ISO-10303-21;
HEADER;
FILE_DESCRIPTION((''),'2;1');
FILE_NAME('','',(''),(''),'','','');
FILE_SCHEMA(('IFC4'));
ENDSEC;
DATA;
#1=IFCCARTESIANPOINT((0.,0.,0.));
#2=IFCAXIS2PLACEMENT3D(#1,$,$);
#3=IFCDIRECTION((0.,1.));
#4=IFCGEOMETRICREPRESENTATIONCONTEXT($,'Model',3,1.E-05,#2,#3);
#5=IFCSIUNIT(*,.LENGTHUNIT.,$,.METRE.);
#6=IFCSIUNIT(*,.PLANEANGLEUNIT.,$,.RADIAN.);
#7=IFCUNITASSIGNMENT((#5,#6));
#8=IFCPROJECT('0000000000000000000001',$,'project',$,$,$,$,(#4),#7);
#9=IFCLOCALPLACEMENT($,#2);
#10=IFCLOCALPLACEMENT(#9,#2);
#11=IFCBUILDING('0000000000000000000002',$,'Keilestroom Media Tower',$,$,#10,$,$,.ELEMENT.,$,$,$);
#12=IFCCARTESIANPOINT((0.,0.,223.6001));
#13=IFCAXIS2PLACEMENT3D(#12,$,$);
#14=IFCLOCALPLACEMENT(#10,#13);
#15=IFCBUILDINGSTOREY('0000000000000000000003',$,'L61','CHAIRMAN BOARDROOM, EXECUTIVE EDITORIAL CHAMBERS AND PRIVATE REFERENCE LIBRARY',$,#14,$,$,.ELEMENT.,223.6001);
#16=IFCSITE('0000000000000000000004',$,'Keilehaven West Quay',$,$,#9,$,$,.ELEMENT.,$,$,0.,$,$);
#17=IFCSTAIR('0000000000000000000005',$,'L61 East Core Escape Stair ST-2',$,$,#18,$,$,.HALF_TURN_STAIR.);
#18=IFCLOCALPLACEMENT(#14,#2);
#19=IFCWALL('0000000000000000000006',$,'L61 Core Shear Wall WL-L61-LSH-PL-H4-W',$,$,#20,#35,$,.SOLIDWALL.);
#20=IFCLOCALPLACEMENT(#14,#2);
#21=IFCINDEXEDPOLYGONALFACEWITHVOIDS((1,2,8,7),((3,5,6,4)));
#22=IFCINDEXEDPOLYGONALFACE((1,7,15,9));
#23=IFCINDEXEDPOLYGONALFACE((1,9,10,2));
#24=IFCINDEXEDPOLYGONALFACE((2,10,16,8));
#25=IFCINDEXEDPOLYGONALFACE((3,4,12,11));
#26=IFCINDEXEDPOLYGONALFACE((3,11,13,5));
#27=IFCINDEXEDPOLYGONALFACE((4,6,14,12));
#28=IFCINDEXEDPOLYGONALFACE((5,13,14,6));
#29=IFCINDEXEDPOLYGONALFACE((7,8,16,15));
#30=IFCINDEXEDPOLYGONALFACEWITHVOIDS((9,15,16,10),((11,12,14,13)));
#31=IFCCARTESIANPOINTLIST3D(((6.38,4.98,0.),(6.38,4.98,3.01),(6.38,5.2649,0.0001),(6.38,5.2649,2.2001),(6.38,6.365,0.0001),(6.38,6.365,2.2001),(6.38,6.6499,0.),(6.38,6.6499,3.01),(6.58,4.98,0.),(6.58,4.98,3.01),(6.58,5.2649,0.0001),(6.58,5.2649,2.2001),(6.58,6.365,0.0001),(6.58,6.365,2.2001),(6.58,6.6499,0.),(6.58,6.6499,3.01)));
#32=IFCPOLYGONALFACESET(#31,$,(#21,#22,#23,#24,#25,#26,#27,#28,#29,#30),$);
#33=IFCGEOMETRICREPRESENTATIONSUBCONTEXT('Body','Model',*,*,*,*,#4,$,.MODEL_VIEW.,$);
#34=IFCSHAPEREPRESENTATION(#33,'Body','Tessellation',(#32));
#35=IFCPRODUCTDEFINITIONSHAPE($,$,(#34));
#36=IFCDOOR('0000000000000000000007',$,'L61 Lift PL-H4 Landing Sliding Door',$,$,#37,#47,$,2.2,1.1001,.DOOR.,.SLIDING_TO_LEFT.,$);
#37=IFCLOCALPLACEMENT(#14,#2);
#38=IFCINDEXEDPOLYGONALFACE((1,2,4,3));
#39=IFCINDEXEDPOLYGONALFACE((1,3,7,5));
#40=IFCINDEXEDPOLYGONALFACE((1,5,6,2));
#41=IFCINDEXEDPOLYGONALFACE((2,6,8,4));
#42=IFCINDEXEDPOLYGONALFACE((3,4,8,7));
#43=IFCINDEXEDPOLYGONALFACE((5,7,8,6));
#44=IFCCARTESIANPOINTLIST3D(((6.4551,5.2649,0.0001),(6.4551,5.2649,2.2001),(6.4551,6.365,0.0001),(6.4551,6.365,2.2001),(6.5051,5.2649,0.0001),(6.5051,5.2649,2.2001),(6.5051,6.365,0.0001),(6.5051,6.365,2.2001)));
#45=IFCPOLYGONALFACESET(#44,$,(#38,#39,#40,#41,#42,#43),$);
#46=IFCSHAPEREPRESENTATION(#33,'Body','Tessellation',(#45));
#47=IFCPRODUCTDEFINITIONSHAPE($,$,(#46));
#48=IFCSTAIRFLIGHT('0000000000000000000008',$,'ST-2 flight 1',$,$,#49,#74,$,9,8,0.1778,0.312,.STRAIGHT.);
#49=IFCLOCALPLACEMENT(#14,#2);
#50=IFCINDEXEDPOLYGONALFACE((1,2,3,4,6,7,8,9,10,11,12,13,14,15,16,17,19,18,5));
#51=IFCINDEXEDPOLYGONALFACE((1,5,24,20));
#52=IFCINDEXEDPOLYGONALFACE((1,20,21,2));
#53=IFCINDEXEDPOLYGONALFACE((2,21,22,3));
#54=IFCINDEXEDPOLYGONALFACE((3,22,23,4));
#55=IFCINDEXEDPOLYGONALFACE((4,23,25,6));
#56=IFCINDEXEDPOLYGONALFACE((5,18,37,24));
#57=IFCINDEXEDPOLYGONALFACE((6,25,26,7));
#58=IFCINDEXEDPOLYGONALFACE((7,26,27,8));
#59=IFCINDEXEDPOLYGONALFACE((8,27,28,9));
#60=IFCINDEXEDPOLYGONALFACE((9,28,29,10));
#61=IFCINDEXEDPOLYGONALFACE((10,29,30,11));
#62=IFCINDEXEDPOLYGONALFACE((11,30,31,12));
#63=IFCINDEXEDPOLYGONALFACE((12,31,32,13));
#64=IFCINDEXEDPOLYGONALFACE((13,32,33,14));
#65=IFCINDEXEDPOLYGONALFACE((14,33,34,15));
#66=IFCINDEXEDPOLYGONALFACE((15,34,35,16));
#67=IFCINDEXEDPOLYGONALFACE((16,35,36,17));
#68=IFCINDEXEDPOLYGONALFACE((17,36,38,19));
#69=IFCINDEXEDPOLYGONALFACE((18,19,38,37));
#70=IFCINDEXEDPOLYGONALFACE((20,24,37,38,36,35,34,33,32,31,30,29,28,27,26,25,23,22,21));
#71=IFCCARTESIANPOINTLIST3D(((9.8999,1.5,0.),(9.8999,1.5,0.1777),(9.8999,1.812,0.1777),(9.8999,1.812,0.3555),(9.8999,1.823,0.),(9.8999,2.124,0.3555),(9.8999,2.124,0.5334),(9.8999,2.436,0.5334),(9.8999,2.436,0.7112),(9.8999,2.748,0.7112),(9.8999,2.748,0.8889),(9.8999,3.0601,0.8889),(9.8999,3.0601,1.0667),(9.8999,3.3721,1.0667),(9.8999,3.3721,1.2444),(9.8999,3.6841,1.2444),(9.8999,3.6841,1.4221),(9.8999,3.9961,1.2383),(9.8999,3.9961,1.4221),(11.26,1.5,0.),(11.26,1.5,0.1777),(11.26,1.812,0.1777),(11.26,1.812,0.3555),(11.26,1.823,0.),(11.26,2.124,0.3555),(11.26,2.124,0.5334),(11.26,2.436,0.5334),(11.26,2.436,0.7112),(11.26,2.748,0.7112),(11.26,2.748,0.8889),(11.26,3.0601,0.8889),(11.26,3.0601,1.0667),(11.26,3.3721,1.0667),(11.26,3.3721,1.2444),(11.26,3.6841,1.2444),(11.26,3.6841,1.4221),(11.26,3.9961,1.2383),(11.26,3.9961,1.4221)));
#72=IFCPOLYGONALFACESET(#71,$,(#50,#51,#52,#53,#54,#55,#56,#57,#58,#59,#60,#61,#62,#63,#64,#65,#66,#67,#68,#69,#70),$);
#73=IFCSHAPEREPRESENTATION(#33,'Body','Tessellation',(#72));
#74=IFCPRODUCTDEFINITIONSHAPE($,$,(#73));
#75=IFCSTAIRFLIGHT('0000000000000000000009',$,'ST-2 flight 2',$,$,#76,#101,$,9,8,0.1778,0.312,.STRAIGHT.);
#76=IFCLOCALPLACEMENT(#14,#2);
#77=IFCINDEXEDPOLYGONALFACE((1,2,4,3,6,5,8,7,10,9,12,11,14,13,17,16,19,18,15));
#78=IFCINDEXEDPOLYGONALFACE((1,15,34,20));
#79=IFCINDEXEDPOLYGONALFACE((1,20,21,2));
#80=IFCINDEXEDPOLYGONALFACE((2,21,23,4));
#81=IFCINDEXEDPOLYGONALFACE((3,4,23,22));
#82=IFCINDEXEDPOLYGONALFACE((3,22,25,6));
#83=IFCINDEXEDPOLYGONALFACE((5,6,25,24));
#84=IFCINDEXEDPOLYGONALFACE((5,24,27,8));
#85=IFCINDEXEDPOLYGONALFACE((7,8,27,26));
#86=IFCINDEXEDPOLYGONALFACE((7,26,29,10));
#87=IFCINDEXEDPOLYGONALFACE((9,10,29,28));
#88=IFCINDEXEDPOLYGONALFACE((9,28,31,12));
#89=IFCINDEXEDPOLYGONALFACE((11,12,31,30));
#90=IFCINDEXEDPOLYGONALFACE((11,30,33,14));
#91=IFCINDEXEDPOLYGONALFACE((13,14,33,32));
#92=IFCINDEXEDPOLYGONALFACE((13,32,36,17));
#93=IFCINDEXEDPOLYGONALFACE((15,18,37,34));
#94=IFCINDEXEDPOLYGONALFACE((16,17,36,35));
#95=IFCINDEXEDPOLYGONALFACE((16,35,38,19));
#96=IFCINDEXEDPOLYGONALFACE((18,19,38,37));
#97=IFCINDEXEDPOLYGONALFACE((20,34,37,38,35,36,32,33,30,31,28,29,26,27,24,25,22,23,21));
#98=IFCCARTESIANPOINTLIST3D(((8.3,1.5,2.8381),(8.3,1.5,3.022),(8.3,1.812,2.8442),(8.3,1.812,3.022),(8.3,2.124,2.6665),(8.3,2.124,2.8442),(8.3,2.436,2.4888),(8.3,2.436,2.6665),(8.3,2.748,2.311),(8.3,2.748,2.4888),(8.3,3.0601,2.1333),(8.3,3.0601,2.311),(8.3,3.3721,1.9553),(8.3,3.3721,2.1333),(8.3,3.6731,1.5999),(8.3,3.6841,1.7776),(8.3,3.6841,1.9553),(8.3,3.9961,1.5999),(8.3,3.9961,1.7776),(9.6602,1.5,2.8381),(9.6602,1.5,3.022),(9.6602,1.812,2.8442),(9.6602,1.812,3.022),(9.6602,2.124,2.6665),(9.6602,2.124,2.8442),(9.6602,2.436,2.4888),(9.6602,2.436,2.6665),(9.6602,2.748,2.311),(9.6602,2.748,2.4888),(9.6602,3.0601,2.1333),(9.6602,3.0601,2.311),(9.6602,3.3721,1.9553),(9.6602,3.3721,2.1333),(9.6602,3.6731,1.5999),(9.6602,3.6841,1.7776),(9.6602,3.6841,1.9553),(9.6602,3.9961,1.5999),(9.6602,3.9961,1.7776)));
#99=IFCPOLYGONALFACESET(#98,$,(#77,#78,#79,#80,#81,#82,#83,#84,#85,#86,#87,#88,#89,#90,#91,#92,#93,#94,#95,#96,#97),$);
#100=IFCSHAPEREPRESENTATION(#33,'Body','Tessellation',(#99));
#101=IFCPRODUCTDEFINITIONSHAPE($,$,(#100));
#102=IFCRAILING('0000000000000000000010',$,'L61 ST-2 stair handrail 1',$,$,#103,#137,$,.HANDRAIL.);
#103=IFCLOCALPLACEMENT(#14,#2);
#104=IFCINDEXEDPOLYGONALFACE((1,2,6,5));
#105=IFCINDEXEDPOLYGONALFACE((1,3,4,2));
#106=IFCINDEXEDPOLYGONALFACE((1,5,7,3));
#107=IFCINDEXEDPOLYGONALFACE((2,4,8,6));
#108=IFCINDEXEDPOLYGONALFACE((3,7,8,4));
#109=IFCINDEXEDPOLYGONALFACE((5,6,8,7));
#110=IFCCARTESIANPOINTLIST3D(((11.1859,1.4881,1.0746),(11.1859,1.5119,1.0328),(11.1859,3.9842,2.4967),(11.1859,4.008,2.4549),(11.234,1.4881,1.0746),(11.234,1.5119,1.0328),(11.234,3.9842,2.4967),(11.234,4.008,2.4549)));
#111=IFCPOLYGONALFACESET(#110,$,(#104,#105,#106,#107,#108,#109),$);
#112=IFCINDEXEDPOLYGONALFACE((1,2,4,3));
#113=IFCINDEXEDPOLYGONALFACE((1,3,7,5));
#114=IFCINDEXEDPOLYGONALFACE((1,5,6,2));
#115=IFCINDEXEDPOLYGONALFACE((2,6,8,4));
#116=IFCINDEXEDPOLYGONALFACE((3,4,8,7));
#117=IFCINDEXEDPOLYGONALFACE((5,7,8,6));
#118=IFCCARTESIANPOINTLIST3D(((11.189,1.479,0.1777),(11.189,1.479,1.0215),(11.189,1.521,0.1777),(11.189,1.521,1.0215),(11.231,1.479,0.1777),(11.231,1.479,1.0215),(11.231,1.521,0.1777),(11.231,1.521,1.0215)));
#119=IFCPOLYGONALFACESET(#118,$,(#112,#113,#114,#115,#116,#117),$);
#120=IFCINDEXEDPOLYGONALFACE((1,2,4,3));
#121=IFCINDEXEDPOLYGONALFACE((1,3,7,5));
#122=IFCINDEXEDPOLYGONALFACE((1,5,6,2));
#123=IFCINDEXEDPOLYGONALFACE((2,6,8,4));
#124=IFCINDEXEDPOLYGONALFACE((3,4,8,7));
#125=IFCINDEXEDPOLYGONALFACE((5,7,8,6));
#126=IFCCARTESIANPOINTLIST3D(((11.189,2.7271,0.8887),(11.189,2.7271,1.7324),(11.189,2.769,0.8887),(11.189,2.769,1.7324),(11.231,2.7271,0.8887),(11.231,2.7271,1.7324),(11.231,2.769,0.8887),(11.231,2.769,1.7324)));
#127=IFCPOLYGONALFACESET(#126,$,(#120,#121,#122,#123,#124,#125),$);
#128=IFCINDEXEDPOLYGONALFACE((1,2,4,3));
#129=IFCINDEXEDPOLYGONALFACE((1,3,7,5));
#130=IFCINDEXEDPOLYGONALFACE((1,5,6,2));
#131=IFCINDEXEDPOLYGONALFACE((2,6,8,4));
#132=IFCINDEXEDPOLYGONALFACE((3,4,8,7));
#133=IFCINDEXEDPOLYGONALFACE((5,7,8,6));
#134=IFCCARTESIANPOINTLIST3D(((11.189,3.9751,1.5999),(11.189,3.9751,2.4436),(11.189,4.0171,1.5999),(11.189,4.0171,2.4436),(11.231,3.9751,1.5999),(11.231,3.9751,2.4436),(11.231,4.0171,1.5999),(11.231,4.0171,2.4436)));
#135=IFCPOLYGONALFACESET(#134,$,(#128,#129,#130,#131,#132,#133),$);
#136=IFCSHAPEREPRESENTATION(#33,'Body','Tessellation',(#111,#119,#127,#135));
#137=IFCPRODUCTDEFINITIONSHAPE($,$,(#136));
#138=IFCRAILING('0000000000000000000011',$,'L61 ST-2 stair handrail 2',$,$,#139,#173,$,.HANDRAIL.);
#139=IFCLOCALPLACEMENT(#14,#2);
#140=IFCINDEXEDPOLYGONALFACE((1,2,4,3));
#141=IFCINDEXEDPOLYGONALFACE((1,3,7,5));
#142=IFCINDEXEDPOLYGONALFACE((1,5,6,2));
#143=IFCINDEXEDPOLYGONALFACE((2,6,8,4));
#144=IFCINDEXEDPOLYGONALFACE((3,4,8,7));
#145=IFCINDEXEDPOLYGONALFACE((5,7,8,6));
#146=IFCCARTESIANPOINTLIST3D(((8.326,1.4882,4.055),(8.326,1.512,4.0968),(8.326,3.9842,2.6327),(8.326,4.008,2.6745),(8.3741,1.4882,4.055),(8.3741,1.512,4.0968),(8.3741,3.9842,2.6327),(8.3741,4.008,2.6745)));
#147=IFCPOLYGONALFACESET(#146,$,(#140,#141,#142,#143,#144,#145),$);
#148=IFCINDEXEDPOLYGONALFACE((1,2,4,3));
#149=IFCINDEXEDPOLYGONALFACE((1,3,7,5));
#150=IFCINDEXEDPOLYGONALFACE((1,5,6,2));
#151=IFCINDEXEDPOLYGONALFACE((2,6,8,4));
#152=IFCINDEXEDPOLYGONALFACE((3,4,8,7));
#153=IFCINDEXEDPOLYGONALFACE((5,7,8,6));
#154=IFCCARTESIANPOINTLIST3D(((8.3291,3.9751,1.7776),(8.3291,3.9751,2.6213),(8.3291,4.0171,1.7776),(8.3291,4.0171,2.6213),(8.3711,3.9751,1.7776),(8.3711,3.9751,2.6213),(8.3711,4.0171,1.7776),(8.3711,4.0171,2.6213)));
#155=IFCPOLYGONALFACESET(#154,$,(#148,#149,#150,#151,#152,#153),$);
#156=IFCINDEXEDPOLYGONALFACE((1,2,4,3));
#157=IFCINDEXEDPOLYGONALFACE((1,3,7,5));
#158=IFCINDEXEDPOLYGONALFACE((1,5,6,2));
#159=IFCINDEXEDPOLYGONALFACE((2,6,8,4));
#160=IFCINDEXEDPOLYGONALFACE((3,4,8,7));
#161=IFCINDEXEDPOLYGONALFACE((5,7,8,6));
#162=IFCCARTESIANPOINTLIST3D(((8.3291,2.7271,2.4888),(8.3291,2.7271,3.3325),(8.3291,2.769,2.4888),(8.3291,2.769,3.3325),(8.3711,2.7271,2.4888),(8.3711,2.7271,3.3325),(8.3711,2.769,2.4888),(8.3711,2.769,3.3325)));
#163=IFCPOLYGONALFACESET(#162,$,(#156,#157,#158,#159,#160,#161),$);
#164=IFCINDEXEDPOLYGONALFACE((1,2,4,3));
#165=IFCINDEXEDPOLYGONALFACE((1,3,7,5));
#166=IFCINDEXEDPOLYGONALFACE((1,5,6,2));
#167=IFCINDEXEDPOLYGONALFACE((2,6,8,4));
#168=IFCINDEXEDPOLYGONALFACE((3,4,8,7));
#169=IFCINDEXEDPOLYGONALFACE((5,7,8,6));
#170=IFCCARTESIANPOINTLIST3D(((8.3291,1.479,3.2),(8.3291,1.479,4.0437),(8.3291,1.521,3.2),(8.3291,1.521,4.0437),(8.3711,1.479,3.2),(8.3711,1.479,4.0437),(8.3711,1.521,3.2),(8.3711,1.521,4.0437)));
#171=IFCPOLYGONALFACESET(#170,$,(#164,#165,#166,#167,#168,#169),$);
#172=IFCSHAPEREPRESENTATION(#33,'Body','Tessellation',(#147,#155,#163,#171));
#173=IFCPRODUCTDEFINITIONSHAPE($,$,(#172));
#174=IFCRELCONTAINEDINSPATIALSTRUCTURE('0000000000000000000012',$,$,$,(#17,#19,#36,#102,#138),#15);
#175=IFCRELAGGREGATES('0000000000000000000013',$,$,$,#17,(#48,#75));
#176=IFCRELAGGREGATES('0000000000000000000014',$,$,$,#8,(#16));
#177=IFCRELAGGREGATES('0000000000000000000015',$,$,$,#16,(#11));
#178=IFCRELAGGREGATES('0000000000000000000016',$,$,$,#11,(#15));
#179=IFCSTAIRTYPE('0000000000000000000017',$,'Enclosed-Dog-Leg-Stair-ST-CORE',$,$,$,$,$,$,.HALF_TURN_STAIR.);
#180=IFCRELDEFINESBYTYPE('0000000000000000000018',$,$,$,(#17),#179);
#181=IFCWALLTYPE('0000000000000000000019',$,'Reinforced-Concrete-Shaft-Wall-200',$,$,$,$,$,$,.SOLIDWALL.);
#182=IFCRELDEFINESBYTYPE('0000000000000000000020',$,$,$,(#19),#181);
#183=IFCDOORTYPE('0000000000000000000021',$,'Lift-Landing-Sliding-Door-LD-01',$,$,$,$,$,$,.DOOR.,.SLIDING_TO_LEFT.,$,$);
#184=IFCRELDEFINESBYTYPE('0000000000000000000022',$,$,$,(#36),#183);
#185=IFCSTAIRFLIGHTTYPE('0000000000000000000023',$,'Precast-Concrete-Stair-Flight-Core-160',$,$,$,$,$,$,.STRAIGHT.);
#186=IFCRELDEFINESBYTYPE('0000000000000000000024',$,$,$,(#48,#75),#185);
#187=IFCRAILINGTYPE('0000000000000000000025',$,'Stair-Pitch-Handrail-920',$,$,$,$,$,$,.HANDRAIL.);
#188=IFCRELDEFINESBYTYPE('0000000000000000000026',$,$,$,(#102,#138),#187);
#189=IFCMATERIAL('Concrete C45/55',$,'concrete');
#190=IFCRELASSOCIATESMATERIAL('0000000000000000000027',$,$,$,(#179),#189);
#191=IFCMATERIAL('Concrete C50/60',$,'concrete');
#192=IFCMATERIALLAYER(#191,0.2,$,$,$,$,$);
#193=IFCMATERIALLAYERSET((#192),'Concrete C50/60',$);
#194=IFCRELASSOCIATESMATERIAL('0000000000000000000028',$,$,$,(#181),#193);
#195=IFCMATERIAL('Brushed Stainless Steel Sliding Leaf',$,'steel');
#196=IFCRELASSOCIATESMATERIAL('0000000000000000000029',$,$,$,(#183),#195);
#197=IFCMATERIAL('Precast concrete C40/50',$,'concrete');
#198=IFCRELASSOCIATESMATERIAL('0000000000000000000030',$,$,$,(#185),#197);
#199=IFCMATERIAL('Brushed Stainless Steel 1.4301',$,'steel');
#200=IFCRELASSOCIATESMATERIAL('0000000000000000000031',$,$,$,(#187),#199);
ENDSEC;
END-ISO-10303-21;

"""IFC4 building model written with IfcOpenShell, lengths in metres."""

from ifc_helpers import new_model, si_unit, direction, frame, frame_2d, origin, origin_2d, place, context, subcontext, project, spatial, polyline, rectangle, outline, extrude, source, transform, mapped, material, layer, layer_set, type_object, element, fill, aggregate, save


model = new_model("IFC4")

# Units and contexts
model_context = context("Model", 3, precision=1e-05, world=origin(), true_north=direction((0.0, 1.0)))
body_context = subcontext(model_context, "Body", "Model", "MODEL_VIEW")
ifc_project = project(units=[si_unit("LENGTHUNIT", "METRE"), si_unit("PLANEANGLEUNIT", "RADIAN")], contexts=[model_context])

# Site, building, storey
site_placement = place(None, origin())
site = spatial("IfcSite", under=ifc_project, at=site_placement, Name="Keilehaven West Quay", CompositionType="ELEMENT", RefElevation=0.0)
building_placement = place(site_placement, origin())
building = spatial("IfcBuilding", under=site, at=building_placement, Name="Keilestroom Media Tower", CompositionType="ELEMENT")
storey_placement = place(building_placement, frame((0.0, 0.0, 223.6001)))
storey = spatial("IfcBuildingStorey", under=building, at=storey_placement, Name="L61", Description="CHAIRMAN BOARDROOM, EXECUTIVE EDITORIAL CHAMBERS AND PRIVATE REFERENCE LIBRARY", CompositionType="ELEMENT", Elevation=223.6001)

# Stair
ifc_material_1 = material(Name="Concrete C45/55", Category="concrete")
stair_type = type_object("IfcStairType", Name="Enclosed-Dog-Leg-Stair-ST-CORE", PredefinedType="HALF_TURN_STAIR", material=ifc_material_1)
stair_1_placement = place(storey_placement, origin())
stair_1 = element("IfcStair", 1, at=stair_1_placement, inside=storey, type_object=stair_type, Name="L61 East Core Escape Stair ST-2", PredefinedType="HALF_TURN_STAIR")

# Shared definitions
ifc_material_2 = material(Name="Concrete C50/60", Category="concrete")
ifc_layer_1 = layer(ifc_material_2, 0.2)
ifc_layer_set_1 = layer_set([ifc_layer_1], Name="Concrete C50/60")
wall_type_1 = type_object("IfcWallType", Name="Reinforced-Concrete-Shaft-Wall-200", PredefinedType="SOLIDWALL", material=ifc_layer_set_1)

# Shared definitions
ifc_material_3 = material(Name="Brushed Stainless Steel Sliding Leaf", Category="steel")
door_type = type_object("IfcDoorType", Name="Lift-Landing-Sliding-Door-LD-01", OperationType="SLIDING_TO_LEFT", PredefinedType="DOOR", material=ifc_material_3)
shared_shape_1 = source(origin(), body_context, "Body", "SweptSolid", [
    extrude(rectangle(XDim=1.1001, YDim=2.2, at=frame_2d((0.55, 1.1001))), frame((0.0, 0.0249, 0.0), z_axis=(0.0, -1.0, 0.0), x_axis=(1.0, 0.0, 0.0)), (0.0, 0.0, 1.0), 0.05),
])

# Wall, opening, door
wall_1_placement = place(storey_placement, frame((6.48, 4.98, 0.0), z_axis=(0.0, 0.0, 1.0), x_axis=(0.0, 1.0, 0.0)))
wall_1 = element("IfcWall", 2, at=wall_1_placement, inside=storey, type_object=wall_type_1, Name="L61 Core Shear Wall WL-L61-LSH-PL-H4-W", PredefinedType="SOLIDWALL", context=body_context, shape_type="SweptSolid", body=[
    extrude(rectangle(XDim=1.6699, YDim=0.2, at=frame_2d((0.835, 0.0))), origin(), (0.0, 0.0, 1.0), 3.01),
])
opening_1_placement = place(wall_1_placement, frame((0.2849, 0.0, 0.0)))
opening_1 = element("IfcOpeningElement", 3, at=opening_1_placement, cuts=wall_1, PredefinedType="OPENING", context=body_context, shape_type="SweptSolid", body=[
    extrude(rectangle(XDim=1.1001, YDim=2.2, at=frame_2d((0.55, 1.1001))), frame((0.0, 0.1099, 0.0), z_axis=(0.0, -1.0, 0.0), x_axis=(1.0, 0.0, 0.0)), (0.0, 0.0, 1.0), 0.22),
])
door_1_placement = place(opening_1_placement, origin())
door_1 = element("IfcDoor", 4, at=door_1_placement, inside=storey, type_object=door_type, Name="L61 Lift PL-H4 Landing Sliding Door", OperationType="SLIDING_TO_LEFT", OverallHeight=2.2, OverallWidth=1.1001, PredefinedType="DOOR", context=body_context, shape_type="MappedRepresentation", body=[
    mapped(shared_shape_1, transform((0.0, 0.0, 0.0), x_axis=(1.0, 0.0, 0.0), y_axis=(0.0, 1.0, 0.0), z_axis=(0.0, 0.0, 1.0), scale=1.0)),
])
fill(opening_1, door_1)

# Stair flights
ifc_material_4 = material(Name="Precast concrete C40/50", Category="concrete")
stair_flight_type = type_object("IfcStairFlightType", Name="Precast-Concrete-Stair-Flight-Core-160", PredefinedType="STRAIGHT", material=ifc_material_4)
stair_flight_1_placement = place(storey_placement, frame((10.5801, 1.5, 0.0), z_axis=(0.0, 0.0, 1.0), x_axis=(0.0, 1.0, 0.0)))
stair_flight_1 = element("IfcStairFlight", 5, at=stair_flight_1_placement, type_object=stair_flight_type, Name="ST-2 flight 1", NumberOfRisers=9, NumberOfTreads=8, PredefinedType="STRAIGHT", RiserHeight=0.1778, TreadLength=0.312, context=body_context, shape_type="SweptSolid", body=[
    extrude(outline(polyline([(0.0, 0.0), (0.0, 0.1777), (0.312, 0.1777), (0.312, 0.3555), (0.624, 0.3555), (0.624, 0.5334), (0.936, 0.5334), (0.936, 0.7112), (1.248, 0.7112), (1.248, 0.8889), (1.5601, 0.8889), (1.5601, 1.0667), (1.8721, 1.0667), (1.8721, 1.2444), (2.1841, 1.2444), (2.1841, 1.4221), (2.4961, 1.4221), (2.4961, 1.6001), (2.4961, 1.2383), (0.323, 0.0), (0.0, 0.0)])), frame((0.0, 0.6802, 0.0), z_axis=(0.0, -1.0, 0.0), x_axis=(1.0, 0.0, 0.0)), (0.0, 0.0, 1.0), 1.3601),
])
stair_flight_2_placement = place(storey_placement, frame((8.98, 3.9961, 1.5999), z_axis=(0.0, 0.0, 1.0), x_axis=(0.0, -1.0, 0.0)))
stair_flight_2 = element("IfcStairFlight", 6, at=stair_flight_2_placement, type_object=stair_flight_type, Name="ST-2 flight 2", NumberOfRisers=9, NumberOfTreads=8, PredefinedType="STRAIGHT", RiserHeight=0.1778, TreadLength=0.312, context=body_context, shape_type="SweptSolid", body=[
    extrude(outline(polyline([(0.0, 0.0), (0.0, 0.1777), (0.312, 0.1777), (0.312, 0.3555), (0.624, 0.3555), (0.624, 0.5334), (0.936, 0.5334), (0.936, 0.7112), (1.248, 0.7112), (1.248, 0.8889), (1.5601, 0.8889), (1.5601, 1.0667), (1.8721, 1.0667), (1.8721, 1.2444), (2.1841, 1.2444), (2.1841, 1.4221), (2.4961, 1.4221), (2.4961, 1.6001), (2.4961, 1.2383), (0.323, 0.0), (0.0, 0.0)])), frame((0.0, 0.6802, 0.0), z_axis=(0.0, -1.0, 0.0), x_axis=(1.0, 0.0, 0.0)), (0.0, 0.0, 1.0), 1.3601),
])
aggregate(stair_1, [stair_flight_1, stair_flight_2])

# Railings
ifc_material_5 = material(Name="Brushed Stainless Steel 1.4301", Category="steel")
railing_type_1 = type_object("IfcRailingType", Name="Stair-Pitch-Handrail-920", PredefinedType="HANDRAIL", material=ifc_material_5)
railing_1_placement = place(storey_placement, frame((11.21, 1.5, 0.1777)))
element("IfcRailing", 7, at=railing_1_placement, inside=storey, type_object=railing_type_1, Name="L61 ST-2 stair handrail 1", PredefinedType="HANDRAIL", context=body_context, shape_type="SweptSolid", body=[
    extrude(rectangle(XDim=0.0481, YDim=0.0481, at=origin_2d()), frame((0.0, 0.0, 0.876), z_axis=(0.0, 0.868875, 0.495031), x_axis=(-1.0, 0.0, 0.0)), (0.0, 0.0, 1.0), 2.8728),
    extrude(rectangle(XDim=0.042, YDim=0.042, at=origin_2d()), origin(), (0.0, 0.0, 1.0), 0.8438),
    extrude(rectangle(XDim=0.042, YDim=0.042, at=origin_2d()), frame((0.0, 1.248, 0.7109)), (0.0, 0.0, 1.0), 0.8438),
    extrude(rectangle(XDim=0.042, YDim=0.042, at=origin_2d()), frame((0.0, 2.4961, 1.4221)), (0.0, 0.0, 1.0), 0.8438),
])
railing_2_placement = place(storey_placement, frame((8.3501, 3.9961, 1.7776)))
element("IfcRailing", 8, at=railing_2_placement, inside=storey, type_object=railing_type_1, Name="L61 ST-2 stair handrail 2", PredefinedType="HANDRAIL", context=body_context, shape_type="SweptSolid", body=[
    extrude(rectangle(XDim=0.0481, YDim=0.0481, at=origin_2d()), frame((0.0, 0.0, 0.876), z_axis=(0.0, -0.868839, 0.495095), x_axis=(1.0, 0.0, 0.0)), (0.0, 0.0, 1.0), 2.8728),
    extrude(rectangle(XDim=0.042, YDim=0.042, at=origin_2d()), origin(), (0.0, 0.0, 1.0), 0.8438),
    extrude(rectangle(XDim=0.042, YDim=0.042, at=origin_2d()), frame((0.0, -1.248, 0.7112)), (0.0, 0.0, 1.0), 0.8438),
    extrude(rectangle(XDim=0.042, YDim=0.042, at=origin_2d()), frame((0.0, -2.4961, 1.4224)), (0.0, 0.0, 1.0), 0.8438),
])

save(model, "model.ifc")
